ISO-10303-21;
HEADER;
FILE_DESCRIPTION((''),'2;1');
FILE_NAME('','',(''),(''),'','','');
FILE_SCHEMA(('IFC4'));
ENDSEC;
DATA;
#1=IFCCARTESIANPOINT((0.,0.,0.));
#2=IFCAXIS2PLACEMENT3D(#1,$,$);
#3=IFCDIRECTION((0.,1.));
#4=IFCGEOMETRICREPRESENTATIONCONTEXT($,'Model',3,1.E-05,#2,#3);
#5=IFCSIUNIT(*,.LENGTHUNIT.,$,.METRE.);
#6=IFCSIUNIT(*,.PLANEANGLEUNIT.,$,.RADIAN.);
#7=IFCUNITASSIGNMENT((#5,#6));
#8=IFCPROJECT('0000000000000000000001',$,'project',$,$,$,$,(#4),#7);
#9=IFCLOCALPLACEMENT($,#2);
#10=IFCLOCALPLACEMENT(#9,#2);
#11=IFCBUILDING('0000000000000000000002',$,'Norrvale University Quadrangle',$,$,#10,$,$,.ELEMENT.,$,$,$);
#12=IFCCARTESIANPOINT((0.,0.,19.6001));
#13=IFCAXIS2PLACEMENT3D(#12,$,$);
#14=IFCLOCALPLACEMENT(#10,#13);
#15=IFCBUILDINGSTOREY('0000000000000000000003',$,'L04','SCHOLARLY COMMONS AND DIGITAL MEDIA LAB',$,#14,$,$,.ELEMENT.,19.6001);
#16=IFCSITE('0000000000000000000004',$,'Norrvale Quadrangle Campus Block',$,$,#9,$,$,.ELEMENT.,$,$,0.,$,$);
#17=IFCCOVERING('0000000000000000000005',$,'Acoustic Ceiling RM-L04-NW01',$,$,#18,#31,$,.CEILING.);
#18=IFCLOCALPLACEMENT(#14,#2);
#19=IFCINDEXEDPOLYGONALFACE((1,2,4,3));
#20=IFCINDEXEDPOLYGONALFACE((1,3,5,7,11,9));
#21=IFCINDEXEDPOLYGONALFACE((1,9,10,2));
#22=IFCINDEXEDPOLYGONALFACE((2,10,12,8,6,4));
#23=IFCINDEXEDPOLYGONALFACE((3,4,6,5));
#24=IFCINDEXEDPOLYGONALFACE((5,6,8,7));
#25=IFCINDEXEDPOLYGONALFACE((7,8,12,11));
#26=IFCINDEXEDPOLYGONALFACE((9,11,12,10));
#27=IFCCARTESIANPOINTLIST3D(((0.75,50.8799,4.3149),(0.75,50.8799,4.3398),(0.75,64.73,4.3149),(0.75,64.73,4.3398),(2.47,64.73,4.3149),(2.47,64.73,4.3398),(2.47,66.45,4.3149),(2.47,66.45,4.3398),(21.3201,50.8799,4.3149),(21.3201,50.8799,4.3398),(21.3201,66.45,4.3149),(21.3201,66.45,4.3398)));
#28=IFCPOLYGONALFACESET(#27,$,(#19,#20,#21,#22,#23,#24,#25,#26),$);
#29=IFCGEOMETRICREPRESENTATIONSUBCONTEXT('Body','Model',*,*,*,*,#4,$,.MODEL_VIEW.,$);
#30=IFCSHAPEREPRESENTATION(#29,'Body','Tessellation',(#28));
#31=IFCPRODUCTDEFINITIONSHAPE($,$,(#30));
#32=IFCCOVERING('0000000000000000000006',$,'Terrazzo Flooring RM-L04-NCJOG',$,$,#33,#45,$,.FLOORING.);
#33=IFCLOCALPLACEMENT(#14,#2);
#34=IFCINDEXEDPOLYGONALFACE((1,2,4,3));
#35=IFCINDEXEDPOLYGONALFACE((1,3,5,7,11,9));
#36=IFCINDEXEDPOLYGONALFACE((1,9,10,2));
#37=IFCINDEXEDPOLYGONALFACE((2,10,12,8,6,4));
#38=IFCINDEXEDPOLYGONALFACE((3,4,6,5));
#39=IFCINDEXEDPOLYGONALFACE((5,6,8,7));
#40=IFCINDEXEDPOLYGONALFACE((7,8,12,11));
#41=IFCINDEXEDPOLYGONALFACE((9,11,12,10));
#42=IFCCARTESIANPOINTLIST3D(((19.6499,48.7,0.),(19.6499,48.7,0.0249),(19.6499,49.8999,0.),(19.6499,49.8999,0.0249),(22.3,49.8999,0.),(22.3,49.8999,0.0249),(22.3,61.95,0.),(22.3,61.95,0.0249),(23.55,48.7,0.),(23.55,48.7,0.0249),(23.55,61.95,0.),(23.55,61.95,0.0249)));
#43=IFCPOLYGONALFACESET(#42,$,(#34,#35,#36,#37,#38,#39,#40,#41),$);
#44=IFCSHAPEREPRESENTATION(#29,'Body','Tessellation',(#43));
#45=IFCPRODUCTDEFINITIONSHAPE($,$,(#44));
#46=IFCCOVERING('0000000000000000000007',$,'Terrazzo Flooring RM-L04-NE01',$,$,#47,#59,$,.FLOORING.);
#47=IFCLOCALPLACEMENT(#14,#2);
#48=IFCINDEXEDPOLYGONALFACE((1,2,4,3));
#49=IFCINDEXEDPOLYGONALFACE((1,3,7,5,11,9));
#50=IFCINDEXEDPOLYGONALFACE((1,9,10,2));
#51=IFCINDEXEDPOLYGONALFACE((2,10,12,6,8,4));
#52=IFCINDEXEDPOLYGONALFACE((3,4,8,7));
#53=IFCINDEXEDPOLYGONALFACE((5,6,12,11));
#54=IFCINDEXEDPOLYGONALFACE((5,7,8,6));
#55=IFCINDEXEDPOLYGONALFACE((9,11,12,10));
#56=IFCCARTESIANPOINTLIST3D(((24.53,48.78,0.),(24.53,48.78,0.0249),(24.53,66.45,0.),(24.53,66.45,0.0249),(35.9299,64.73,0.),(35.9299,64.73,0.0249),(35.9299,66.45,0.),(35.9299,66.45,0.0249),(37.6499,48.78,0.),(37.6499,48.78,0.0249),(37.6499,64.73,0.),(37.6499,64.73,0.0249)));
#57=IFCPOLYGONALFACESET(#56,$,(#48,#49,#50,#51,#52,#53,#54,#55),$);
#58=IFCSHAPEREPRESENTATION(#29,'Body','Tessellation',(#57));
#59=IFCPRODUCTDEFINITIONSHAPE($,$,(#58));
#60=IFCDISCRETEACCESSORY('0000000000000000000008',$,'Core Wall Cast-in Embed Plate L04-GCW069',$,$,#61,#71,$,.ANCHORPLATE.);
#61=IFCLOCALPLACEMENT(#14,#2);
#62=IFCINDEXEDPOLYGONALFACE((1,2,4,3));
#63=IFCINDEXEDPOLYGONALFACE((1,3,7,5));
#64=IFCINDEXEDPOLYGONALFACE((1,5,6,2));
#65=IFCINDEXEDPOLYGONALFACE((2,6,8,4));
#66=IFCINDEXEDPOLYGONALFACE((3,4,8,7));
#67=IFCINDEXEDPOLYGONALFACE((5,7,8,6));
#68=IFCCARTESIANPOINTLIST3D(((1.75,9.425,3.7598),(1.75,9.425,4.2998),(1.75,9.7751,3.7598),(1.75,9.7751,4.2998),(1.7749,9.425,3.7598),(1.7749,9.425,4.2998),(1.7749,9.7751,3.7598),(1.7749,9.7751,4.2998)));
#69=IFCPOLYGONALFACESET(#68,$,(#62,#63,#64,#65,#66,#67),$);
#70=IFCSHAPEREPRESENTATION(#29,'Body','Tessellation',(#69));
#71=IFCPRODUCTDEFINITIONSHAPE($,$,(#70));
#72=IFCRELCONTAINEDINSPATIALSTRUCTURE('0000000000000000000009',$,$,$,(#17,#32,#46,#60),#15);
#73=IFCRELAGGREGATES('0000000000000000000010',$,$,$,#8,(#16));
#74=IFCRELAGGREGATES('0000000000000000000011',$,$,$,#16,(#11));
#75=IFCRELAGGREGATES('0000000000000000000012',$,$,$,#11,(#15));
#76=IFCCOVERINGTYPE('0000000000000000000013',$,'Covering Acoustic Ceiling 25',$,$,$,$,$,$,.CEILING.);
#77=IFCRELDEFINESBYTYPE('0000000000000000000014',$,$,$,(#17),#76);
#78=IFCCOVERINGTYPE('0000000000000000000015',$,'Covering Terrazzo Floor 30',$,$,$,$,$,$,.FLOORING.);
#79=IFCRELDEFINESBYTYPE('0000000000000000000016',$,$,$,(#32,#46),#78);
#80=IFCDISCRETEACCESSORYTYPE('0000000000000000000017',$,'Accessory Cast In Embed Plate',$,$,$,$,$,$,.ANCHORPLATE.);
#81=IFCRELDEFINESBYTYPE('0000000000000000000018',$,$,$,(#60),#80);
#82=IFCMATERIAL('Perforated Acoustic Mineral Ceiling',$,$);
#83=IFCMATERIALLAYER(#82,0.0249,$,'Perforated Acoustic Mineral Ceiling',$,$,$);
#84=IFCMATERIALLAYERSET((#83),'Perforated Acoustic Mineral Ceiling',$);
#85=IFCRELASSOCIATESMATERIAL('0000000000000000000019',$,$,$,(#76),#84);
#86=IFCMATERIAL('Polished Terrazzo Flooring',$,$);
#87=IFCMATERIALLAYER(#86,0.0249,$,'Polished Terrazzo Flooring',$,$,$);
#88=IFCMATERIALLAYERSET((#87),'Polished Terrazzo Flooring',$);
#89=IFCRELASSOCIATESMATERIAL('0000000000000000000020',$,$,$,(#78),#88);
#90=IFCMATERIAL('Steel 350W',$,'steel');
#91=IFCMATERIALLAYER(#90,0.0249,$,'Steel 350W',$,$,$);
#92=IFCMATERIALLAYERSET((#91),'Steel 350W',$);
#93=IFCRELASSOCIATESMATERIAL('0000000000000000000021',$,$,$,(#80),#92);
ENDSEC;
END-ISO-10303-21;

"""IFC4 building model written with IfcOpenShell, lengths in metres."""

from ifc_helpers import new_model, si_unit, direction, frame, origin, origin_2d, place, context, subcontext, project, spatial, polyline, rectangle, outline, extrude, material, layer, layer_set, type_object, element, save


model = new_model("IFC4")

# Units and contexts
model_context = context("Model", 3, precision=1e-05, world=origin(), true_north=direction((0.0, 1.0)))
body_context = subcontext(model_context, "Body", "Model", "MODEL_VIEW")
ifc_project = project(units=[si_unit("LENGTHUNIT", "METRE"), si_unit("PLANEANGLEUNIT", "RADIAN")], contexts=[model_context])

# Site, building, storey
site_placement = place(None, origin())
site = spatial("IfcSite", under=ifc_project, at=site_placement, Name="Norrvale Quadrangle Campus Block", CompositionType="ELEMENT", RefElevation=0.0)
building_placement = place(site_placement, origin())
building = spatial("IfcBuilding", under=site, at=building_placement, Name="Norrvale University Quadrangle", CompositionType="ELEMENT")
storey_placement = place(building_placement, frame((0.0, 0.0, 19.6001)))
storey = spatial("IfcBuildingStorey", under=building, at=storey_placement, Name="L04", Description="SCHOLARLY COMMONS AND DIGITAL MEDIA LAB", CompositionType="ELEMENT", Elevation=19.6001)

# Shared definitions
ifc_material_1 = material(Name="Steel 350W", Category="steel")

# Coverings
ifc_material_2 = material(Name="Perforated Acoustic Mineral Ceiling")
ifc_layer_1 = layer(ifc_material_2, 0.0249, Name="Perforated Acoustic Mineral Ceiling")
ifc_layer_set_1 = layer_set([ifc_layer_1], Name="Perforated Acoustic Mineral Ceiling")
covering_type_1 = type_object("IfcCoveringType", Name="Covering Acoustic Ceiling 25", PredefinedType="CEILING", material=ifc_layer_set_1)
covering_1_placement = place(storey_placement, frame((0.0, 0.0, 4.3149)))
element("IfcCovering", 1, at=covering_1_placement, inside=storey, type_object=covering_type_1, Name="Acoustic Ceiling RM-L04-NW01", PredefinedType="CEILING", context=body_context, shape_type="SweptSolid", body=[
    extrude(outline(polyline([(21.3201, 66.45), (21.3201, 50.8799), (0.75, 50.8799), (0.75, 64.73), (2.47, 64.73), (2.47, 66.45), (21.3201, 66.45)])), origin(), (0.0, 0.0, 1.0), 0.0249),
])
ifc_material_3 = material(Name="Polished Terrazzo Flooring")
ifc_layer_2 = layer(ifc_material_3, 0.0249, Name="Polished Terrazzo Flooring")
ifc_layer_set_2 = layer_set([ifc_layer_2], Name="Polished Terrazzo Flooring")
covering_type_2 = type_object("IfcCoveringType", Name="Covering Terrazzo Floor 30", PredefinedType="FLOORING", material=ifc_layer_set_2)
covering_2_placement = place(storey_placement, origin())
element("IfcCovering", 2, at=covering_2_placement, inside=storey, type_object=covering_type_2, Name="Terrazzo Flooring RM-L04-NCJOG", PredefinedType="FLOORING", context=body_context, shape_type="SweptSolid", body=[
    extrude(outline(polyline([(19.6499, 48.7), (19.6499, 49.8999), (22.3, 49.8999), (22.3, 61.95), (23.55, 61.95), (23.55, 48.7), (19.6499, 48.7)])), origin(), (0.0, 0.0, 1.0), 0.0249),
])
covering_3_placement = place(storey_placement, origin())
element("IfcCovering", 3, at=covering_3_placement, inside=storey, type_object=covering_type_2, Name="Terrazzo Flooring RM-L04-NE01", PredefinedType="FLOORING", context=body_context, shape_type="SweptSolid", body=[
    extrude(outline(polyline([(37.6499, 48.78), (24.53, 48.78), (24.53, 66.45), (35.9299, 66.45), (35.9299, 64.73), (37.6499, 64.73), (37.6499, 48.78)])), origin(), (0.0, 0.0, 1.0), 0.0249),
])

# Discrete accessory
ifc_layer_3 = layer(ifc_material_1, 0.0249, Name="Steel 350W")
ifc_layer_set_3 = layer_set([ifc_layer_3], Name="Steel 350W")
discrete_accessory_type = type_object("IfcDiscreteAccessoryType", Name="Accessory Cast In Embed Plate", PredefinedType="ANCHORPLATE", material=ifc_layer_set_3)
discrete_accessory_placement = place(storey_placement, frame((1.7625, 9.6001, 3.7598), z_axis=(0.0, 0.0, 1.0), x_axis=(1.0, 0.0, 0.0)))
element("IfcDiscreteAccessory", 4, at=discrete_accessory_placement, inside=storey, type_object=discrete_accessory_type, Name="Core Wall Cast-in Embed Plate L04-GCW069", PredefinedType="ANCHORPLATE", context=body_context, shape_type="SweptSolid", body=[
    extrude(rectangle(XDim=0.0249, YDim=0.3501, at=origin_2d()), origin(), (0.0, 0.0, 1.0), 0.54),
])

save(model, "model.ifc")
